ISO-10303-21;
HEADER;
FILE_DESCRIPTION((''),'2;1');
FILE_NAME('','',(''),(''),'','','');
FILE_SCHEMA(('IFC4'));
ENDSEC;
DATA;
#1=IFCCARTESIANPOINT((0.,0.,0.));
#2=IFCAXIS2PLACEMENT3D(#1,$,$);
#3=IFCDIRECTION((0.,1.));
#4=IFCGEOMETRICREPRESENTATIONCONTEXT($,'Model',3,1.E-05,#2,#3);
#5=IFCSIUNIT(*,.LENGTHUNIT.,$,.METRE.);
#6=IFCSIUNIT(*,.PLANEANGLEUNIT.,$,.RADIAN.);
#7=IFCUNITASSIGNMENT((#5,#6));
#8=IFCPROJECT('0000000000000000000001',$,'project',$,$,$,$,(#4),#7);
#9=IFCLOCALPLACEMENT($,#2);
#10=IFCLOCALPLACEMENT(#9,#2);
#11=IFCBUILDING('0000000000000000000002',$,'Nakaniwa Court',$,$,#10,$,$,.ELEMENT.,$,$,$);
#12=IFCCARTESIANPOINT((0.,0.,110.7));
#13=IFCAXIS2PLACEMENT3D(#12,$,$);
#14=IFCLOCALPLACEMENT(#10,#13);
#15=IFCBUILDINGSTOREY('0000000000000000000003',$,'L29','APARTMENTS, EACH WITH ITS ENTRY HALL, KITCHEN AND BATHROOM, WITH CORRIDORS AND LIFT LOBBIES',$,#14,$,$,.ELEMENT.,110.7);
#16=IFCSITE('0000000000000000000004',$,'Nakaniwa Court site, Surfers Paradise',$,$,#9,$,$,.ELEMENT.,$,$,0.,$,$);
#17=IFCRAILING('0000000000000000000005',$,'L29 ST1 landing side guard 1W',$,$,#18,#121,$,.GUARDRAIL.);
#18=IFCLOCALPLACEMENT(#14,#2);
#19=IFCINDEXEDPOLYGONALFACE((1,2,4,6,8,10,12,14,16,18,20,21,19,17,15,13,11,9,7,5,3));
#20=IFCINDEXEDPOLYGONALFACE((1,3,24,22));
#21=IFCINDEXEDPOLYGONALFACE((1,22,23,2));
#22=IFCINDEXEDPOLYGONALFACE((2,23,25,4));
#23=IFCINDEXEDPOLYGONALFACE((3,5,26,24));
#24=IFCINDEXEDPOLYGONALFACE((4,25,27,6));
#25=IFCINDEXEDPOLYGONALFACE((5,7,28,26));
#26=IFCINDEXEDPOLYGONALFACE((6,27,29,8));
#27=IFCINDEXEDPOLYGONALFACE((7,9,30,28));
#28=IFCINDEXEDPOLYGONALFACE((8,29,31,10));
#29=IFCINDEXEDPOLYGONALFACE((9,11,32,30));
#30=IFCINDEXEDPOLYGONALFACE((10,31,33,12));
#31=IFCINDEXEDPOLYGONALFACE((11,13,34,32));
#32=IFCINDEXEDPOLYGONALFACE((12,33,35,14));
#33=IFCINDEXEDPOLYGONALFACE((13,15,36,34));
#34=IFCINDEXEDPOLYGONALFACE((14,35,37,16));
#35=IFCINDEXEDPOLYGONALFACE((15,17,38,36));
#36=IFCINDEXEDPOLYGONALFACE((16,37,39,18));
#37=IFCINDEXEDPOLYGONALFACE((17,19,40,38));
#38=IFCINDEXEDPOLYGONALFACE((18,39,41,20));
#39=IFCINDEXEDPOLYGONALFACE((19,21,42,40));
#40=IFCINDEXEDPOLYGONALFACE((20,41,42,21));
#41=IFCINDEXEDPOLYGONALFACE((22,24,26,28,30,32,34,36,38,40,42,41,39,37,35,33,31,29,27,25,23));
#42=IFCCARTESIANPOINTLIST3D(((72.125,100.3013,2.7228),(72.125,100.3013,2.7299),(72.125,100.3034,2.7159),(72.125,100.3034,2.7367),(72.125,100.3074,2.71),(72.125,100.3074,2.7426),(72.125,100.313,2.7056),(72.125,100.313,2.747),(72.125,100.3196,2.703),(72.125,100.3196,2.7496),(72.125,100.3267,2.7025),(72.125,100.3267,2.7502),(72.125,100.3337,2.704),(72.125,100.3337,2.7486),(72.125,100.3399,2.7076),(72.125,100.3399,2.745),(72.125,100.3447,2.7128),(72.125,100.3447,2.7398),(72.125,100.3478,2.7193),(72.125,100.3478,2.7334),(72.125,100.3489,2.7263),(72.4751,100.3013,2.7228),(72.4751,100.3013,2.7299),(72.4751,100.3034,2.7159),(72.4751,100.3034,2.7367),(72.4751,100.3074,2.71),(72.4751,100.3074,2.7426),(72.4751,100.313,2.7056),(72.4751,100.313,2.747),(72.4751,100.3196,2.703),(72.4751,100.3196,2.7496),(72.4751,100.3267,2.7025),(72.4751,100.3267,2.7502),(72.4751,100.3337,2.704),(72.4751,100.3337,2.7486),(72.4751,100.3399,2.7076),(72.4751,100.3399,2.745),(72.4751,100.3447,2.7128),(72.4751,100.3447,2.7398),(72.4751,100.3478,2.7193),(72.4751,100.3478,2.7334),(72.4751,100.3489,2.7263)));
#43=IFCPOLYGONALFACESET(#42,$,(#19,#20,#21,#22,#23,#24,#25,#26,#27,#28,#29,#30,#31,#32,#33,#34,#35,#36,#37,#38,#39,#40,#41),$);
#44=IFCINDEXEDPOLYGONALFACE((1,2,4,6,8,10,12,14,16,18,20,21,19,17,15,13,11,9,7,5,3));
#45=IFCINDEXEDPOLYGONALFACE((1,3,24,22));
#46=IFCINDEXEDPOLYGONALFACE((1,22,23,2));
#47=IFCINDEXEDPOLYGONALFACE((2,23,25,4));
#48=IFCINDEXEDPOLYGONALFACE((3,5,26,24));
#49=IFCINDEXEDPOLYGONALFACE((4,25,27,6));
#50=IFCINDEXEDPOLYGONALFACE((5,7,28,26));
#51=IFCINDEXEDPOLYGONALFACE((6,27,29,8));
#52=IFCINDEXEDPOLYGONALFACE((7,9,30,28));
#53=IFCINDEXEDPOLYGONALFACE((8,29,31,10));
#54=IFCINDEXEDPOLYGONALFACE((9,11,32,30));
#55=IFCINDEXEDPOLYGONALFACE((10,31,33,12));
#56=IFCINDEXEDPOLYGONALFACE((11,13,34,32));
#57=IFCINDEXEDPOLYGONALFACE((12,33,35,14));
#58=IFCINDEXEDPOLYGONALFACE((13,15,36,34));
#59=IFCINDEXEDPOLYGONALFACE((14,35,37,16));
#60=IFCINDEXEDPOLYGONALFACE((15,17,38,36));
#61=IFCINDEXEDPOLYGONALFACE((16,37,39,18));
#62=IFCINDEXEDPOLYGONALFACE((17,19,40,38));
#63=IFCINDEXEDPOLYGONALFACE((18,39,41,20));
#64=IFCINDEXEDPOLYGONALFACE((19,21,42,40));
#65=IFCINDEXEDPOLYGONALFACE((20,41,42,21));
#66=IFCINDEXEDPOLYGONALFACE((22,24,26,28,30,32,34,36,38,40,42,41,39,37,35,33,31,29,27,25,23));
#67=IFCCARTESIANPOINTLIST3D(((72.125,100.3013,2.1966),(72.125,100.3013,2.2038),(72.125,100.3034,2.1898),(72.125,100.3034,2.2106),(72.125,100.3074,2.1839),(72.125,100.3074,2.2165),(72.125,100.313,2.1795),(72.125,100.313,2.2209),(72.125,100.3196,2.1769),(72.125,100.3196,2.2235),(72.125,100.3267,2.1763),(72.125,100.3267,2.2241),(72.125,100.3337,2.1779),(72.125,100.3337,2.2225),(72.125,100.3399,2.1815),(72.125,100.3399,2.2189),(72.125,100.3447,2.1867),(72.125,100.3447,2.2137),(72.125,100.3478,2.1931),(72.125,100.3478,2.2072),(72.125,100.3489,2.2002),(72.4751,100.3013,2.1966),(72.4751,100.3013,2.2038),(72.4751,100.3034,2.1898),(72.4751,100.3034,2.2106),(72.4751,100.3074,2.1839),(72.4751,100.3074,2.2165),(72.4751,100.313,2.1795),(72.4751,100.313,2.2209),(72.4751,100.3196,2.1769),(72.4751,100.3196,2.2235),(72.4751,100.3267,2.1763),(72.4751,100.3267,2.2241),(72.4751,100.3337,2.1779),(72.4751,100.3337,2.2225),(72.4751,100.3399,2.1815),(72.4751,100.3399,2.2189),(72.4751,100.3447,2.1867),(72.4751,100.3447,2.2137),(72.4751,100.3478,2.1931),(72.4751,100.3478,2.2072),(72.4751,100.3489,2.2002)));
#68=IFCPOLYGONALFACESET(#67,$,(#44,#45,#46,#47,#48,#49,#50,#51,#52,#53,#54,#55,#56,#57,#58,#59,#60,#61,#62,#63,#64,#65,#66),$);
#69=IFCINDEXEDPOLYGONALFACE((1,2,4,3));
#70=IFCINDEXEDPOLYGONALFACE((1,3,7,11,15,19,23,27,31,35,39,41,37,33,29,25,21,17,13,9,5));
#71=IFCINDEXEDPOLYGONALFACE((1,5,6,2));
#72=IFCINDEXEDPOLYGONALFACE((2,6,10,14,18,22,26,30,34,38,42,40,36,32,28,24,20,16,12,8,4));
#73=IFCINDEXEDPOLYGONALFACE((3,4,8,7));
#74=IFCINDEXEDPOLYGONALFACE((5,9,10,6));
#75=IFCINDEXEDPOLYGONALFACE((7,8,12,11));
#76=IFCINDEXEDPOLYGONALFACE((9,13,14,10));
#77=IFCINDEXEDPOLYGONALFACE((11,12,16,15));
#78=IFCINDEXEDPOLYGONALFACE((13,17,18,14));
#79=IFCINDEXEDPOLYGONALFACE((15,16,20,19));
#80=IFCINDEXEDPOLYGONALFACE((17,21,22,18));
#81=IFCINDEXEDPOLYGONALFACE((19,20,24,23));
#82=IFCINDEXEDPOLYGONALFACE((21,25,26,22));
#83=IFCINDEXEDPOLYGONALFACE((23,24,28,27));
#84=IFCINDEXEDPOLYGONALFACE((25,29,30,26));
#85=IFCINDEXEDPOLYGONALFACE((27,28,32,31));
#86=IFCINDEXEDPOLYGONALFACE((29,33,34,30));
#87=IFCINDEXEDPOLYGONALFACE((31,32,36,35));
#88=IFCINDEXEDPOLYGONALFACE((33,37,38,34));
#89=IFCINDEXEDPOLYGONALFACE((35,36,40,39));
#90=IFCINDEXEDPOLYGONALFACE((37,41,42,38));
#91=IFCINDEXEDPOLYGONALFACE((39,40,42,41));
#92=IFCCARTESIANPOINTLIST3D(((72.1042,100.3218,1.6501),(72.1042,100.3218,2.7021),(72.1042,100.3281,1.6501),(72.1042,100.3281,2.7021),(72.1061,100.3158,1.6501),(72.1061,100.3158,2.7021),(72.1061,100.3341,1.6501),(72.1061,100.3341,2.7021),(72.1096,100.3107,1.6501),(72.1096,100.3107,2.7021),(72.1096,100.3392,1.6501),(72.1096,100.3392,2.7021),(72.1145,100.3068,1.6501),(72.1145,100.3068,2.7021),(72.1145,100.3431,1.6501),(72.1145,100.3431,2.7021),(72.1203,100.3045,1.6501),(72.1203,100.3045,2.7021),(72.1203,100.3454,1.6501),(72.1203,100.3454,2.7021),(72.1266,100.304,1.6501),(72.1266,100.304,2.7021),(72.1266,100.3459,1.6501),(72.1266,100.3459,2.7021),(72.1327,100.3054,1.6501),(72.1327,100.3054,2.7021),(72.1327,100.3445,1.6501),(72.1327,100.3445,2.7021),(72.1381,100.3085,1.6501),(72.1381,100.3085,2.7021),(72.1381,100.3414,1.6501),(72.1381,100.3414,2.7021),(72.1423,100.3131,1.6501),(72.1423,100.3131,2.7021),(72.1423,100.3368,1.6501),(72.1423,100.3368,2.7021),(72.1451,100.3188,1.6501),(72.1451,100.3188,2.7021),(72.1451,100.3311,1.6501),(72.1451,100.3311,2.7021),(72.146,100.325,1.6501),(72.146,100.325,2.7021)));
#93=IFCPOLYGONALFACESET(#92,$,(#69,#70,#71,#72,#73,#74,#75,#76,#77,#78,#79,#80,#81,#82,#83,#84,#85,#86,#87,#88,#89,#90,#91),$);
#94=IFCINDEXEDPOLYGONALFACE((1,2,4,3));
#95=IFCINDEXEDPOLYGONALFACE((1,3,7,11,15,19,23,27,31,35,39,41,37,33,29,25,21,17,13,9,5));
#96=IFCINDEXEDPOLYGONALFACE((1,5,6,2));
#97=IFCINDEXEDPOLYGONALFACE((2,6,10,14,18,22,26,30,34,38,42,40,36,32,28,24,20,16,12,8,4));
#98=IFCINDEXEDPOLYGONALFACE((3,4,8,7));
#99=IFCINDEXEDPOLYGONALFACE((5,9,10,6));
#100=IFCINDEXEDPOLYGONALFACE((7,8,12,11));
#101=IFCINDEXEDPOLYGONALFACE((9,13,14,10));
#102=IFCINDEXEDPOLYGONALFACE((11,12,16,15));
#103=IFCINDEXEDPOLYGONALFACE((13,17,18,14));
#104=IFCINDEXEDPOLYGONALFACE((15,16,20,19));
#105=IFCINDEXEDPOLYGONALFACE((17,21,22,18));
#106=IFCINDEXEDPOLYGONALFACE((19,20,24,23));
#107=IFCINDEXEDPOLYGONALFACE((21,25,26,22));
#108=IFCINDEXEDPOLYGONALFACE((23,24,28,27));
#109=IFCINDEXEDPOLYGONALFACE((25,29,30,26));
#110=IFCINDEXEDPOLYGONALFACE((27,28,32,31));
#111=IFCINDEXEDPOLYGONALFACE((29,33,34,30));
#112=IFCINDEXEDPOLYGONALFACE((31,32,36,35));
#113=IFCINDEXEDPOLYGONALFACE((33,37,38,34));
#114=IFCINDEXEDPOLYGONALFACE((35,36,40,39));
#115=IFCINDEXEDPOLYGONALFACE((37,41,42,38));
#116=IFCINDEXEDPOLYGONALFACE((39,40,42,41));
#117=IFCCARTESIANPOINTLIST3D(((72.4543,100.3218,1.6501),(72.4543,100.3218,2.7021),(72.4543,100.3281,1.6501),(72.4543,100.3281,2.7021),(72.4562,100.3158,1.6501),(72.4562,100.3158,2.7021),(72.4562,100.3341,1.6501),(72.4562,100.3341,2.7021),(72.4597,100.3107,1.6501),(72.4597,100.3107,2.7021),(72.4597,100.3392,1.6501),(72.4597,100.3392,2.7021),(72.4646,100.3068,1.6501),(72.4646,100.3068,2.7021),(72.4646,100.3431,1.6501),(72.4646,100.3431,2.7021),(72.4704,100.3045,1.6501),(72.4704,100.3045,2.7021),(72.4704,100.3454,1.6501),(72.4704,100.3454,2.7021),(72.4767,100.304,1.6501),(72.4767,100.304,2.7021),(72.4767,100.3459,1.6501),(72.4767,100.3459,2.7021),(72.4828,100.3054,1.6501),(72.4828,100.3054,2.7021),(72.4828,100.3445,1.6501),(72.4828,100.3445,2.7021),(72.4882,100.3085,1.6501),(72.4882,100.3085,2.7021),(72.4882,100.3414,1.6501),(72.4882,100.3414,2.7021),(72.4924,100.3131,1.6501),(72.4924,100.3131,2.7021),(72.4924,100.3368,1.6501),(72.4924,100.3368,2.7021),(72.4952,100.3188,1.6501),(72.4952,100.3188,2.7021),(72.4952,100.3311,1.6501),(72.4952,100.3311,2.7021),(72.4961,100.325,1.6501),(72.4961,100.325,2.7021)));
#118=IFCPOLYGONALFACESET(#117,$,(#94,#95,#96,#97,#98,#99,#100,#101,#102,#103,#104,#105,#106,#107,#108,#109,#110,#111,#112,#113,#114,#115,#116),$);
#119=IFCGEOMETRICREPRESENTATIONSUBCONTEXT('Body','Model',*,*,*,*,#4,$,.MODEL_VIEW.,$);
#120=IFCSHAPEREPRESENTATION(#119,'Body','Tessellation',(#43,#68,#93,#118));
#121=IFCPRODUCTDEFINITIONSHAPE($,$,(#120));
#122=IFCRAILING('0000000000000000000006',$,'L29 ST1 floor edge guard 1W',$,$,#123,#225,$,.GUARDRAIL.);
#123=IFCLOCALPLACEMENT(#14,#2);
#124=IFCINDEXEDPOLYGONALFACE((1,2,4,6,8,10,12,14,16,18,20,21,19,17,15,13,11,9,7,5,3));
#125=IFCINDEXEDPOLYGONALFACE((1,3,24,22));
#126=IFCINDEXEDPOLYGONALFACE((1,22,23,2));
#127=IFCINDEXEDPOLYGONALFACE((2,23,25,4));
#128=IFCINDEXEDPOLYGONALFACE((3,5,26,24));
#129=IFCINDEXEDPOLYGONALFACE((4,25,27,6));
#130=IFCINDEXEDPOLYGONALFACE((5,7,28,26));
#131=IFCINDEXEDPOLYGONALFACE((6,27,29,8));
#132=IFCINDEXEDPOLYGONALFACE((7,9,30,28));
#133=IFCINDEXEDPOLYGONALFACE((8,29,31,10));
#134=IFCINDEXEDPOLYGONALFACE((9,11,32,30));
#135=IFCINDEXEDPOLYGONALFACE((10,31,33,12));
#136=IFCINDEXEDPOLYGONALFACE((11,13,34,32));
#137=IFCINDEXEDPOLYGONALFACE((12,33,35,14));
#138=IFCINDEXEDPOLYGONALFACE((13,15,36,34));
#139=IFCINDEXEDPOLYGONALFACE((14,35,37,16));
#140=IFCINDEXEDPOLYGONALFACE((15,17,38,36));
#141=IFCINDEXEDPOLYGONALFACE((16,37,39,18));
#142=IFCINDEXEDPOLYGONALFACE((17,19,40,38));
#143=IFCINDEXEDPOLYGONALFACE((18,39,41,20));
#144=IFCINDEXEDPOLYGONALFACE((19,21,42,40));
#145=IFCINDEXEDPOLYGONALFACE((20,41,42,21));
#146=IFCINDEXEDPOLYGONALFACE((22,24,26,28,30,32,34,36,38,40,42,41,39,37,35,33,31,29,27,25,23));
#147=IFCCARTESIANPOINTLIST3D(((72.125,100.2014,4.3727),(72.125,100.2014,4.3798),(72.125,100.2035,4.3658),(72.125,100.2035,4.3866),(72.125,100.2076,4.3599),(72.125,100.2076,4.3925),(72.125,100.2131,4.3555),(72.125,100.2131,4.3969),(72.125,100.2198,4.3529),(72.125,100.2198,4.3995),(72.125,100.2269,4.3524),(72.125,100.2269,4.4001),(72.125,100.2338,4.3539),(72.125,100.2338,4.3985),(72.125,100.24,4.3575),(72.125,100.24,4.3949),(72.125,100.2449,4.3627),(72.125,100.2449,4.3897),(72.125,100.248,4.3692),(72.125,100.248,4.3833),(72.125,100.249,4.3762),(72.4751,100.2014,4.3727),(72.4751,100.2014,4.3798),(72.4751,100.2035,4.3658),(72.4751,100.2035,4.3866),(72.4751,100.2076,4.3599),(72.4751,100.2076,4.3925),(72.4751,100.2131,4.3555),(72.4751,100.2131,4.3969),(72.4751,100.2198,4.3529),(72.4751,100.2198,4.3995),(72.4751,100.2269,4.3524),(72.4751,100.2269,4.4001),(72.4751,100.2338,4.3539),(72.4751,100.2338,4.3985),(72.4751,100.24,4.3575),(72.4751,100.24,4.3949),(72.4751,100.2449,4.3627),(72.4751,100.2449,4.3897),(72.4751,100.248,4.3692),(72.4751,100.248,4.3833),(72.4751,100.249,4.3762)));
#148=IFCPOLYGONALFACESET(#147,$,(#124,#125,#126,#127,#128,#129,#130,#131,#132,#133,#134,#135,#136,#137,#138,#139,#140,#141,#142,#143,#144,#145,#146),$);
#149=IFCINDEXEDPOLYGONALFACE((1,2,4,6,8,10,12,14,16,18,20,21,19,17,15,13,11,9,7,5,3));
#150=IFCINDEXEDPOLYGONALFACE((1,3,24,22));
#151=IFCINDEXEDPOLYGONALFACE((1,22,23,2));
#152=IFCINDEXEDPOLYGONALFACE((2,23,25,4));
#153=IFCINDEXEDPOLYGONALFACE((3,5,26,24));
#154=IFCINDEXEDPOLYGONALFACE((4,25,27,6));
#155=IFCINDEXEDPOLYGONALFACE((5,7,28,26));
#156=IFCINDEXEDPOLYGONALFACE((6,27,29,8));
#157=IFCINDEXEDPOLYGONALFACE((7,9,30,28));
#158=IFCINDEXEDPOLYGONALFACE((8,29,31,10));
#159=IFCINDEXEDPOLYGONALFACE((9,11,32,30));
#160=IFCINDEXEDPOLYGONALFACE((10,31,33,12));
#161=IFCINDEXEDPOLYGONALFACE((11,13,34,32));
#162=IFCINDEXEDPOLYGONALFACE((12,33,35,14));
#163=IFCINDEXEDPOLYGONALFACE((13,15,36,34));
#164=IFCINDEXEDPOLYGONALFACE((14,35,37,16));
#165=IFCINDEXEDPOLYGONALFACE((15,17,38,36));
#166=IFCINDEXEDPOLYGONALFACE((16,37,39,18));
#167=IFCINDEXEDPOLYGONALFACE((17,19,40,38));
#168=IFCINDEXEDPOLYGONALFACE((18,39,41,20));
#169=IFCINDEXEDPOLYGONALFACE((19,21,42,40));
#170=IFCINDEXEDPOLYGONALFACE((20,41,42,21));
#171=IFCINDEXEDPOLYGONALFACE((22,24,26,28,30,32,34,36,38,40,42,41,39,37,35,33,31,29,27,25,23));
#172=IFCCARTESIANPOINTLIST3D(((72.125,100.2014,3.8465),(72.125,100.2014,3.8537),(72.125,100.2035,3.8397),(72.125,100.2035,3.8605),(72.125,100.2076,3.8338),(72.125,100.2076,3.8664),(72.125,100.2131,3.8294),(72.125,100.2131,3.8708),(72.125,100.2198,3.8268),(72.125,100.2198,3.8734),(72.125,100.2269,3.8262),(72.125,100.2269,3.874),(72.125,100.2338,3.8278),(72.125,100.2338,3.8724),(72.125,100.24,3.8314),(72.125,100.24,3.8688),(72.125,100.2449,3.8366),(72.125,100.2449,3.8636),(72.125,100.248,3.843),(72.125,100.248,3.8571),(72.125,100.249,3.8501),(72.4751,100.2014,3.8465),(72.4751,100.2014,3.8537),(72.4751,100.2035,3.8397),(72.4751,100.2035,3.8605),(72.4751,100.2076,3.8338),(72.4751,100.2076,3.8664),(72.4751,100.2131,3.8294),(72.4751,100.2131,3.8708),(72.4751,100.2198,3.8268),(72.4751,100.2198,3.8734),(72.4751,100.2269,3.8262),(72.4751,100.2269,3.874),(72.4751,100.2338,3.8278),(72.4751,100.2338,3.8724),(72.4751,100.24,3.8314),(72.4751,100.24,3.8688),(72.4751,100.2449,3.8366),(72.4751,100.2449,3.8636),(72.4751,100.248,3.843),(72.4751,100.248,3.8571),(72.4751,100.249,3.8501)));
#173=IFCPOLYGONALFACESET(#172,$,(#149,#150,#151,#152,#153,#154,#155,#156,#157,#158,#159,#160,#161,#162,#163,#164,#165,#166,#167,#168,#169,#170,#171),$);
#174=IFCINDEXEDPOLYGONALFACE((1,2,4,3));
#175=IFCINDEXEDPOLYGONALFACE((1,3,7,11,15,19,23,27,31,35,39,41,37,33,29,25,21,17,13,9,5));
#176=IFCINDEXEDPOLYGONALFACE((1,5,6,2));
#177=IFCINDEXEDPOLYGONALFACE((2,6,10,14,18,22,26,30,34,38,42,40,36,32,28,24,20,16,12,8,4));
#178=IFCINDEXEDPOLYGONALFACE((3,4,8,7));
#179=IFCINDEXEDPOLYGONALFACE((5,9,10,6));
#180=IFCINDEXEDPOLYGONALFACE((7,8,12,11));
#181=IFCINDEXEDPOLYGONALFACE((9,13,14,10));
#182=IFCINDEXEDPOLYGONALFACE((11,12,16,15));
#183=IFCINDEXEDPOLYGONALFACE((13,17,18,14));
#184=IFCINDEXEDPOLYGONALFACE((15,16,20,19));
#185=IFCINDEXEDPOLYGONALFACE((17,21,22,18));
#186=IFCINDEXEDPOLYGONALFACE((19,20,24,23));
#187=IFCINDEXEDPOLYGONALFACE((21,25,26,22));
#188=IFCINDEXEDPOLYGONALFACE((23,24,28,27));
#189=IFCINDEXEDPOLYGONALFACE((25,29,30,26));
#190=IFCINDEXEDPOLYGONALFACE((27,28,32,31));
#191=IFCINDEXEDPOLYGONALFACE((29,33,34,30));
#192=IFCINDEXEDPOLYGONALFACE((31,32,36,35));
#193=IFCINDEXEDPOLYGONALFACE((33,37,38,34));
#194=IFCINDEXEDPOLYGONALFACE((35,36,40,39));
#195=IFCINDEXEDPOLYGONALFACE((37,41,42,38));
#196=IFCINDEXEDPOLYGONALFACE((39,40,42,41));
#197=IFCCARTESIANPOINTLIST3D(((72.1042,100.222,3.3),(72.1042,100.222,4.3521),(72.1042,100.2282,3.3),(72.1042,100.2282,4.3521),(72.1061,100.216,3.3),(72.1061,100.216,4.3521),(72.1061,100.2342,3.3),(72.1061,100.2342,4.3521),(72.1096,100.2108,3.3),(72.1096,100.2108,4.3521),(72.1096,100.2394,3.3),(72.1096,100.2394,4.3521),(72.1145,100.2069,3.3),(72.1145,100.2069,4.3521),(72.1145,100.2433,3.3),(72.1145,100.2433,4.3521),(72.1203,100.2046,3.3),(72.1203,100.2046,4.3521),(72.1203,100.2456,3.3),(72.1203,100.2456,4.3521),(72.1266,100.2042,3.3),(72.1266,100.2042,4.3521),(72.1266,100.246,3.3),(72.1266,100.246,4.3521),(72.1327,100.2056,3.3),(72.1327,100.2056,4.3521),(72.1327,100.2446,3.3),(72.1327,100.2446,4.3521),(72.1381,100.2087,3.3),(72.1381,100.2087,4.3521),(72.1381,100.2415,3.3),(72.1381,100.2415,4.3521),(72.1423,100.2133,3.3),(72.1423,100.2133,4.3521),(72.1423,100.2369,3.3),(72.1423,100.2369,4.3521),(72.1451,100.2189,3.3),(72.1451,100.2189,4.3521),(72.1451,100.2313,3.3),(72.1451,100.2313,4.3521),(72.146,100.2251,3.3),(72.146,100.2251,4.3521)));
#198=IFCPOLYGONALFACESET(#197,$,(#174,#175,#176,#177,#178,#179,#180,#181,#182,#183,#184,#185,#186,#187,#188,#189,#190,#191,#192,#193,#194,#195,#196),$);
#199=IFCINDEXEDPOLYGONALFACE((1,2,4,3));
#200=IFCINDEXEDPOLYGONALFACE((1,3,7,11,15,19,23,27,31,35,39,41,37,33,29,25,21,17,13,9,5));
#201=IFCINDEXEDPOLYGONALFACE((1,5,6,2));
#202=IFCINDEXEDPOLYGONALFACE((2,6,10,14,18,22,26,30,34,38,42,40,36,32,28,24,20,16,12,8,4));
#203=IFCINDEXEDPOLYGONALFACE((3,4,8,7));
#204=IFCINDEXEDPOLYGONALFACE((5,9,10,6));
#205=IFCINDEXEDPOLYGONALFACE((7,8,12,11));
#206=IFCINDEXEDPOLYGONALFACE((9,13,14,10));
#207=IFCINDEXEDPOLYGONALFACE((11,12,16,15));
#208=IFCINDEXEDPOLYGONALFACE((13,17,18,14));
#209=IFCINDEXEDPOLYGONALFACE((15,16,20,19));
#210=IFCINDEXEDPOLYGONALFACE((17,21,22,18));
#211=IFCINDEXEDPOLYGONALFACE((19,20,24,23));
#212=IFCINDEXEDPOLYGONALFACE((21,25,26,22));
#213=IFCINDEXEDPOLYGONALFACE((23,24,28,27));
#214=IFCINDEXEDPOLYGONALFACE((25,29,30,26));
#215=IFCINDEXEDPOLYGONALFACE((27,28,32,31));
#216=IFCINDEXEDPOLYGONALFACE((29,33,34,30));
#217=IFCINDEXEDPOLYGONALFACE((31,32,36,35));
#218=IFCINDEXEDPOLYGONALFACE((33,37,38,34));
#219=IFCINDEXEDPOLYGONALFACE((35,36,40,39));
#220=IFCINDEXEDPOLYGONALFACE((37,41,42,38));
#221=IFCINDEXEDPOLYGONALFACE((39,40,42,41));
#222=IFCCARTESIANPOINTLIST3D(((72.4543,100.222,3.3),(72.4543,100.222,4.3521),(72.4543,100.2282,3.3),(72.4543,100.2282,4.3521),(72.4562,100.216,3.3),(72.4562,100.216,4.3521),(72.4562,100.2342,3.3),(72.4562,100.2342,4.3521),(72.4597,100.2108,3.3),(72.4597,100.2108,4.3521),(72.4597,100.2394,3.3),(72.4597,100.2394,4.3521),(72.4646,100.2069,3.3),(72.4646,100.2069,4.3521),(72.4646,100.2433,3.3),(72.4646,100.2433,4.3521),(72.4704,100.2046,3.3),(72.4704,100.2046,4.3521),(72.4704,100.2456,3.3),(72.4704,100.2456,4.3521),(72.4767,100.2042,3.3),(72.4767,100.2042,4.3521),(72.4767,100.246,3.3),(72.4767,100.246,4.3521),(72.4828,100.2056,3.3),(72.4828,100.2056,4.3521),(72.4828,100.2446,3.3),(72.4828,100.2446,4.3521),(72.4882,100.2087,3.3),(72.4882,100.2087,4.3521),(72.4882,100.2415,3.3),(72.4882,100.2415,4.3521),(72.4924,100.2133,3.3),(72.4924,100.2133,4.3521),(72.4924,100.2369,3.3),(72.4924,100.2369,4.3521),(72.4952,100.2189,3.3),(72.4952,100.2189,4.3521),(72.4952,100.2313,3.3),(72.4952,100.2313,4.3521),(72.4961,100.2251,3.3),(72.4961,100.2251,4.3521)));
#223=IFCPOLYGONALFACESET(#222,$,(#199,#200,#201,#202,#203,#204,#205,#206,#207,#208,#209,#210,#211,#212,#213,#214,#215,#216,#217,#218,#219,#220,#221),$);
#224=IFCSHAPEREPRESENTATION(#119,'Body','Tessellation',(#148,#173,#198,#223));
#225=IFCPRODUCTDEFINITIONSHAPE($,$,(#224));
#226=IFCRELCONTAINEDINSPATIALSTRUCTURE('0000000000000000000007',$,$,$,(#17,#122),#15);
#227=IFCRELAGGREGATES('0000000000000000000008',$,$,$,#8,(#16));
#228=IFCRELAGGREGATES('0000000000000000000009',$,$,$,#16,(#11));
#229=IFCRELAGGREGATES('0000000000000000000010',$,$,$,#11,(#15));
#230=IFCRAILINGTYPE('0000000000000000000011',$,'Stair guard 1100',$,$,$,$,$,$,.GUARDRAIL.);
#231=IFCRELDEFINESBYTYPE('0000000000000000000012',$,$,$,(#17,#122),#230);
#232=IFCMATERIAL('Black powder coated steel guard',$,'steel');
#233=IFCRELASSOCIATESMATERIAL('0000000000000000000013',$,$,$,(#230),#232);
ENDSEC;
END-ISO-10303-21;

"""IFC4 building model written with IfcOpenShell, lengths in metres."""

from ifc_helpers import new_model, si_unit, direction, frame, origin, origin_2d, place, context, subcontext, project, spatial, circle, extrude, material, type_object, element, save


model = new_model("IFC4")

# Units and contexts
model_context = context("Model", 3, precision=1e-05, world=origin(), true_north=direction((0.0, 1.0)))
body_context = subcontext(model_context, "Body", "Model", "MODEL_VIEW")
ifc_project = project(units=[si_unit("LENGTHUNIT", "METRE"), si_unit("PLANEANGLEUNIT", "RADIAN")], contexts=[model_context])

# Site, building, storey
site_placement = place(None, origin())
site = spatial("IfcSite", under=ifc_project, at=site_placement, Name="Nakaniwa Court site, Surfers Paradise", CompositionType="ELEMENT", RefElevation=0.0)
building_placement = place(site_placement, origin())
building = spatial("IfcBuilding", under=site, at=building_placement, Name="Nakaniwa Court", CompositionType="ELEMENT")
storey_placement = place(building_placement, frame((0.0, 0.0, 110.7)))
storey = spatial("IfcBuildingStorey", under=building, at=storey_placement, Name="L29", Description="APARTMENTS, EACH WITH ITS ENTRY HALL, KITCHEN AND BATHROOM, WITH CORRIDORS AND LIFT LOBBIES", CompositionType="ELEMENT", Elevation=110.7)

# Railings
ifc_material_1 = material(Name="Black powder coated steel guard", Category="steel")
railing_type_1 = type_object("IfcRailingType", Name="Stair guard 1100", PredefinedType="GUARDRAIL", material=ifc_material_1)
for number, where, name in (
    (1, (72.125, 100.325, 1.6501), "L29 ST1 landing side guard 1W"),
    (2, (72.125, 100.2251, 3.3), "L29 ST1 floor edge guard 1W"),
):
    element("IfcRailing", number, at=place(storey_placement, frame(where)), inside=storey, type_object=railing_type_1, Name=name, PredefinedType="GUARDRAIL", context=body_context, shape_type="SweptSolid", body=[
        extrude(circle(Radius=0.0239, at=origin_2d()), frame((0.0, 0.0, 1.0762), z_axis=(1.0, 0.0, 0.0), x_axis=(0.0, 1.0, 0.0)), (0.0, 0.0, 1.0), 0.3501),
        extrude(circle(Radius=0.0239, at=origin_2d()), frame((0.0, 0.0, 0.55), z_axis=(1.0, 0.0, 0.0), x_axis=(0.0, 1.0, 0.0)), (0.0, 0.0, 1.0), 0.3501),
        extrude(circle(Radius=0.021, at=origin_2d()), origin(), (0.0, 0.0, 1.0), 1.052),
        extrude(circle(Radius=0.021, at=origin_2d()), frame((0.3501, 0.0, 0.0)), (0.0, 0.0, 1.0), 1.052),
    ])

save(model, "model.ifc")
